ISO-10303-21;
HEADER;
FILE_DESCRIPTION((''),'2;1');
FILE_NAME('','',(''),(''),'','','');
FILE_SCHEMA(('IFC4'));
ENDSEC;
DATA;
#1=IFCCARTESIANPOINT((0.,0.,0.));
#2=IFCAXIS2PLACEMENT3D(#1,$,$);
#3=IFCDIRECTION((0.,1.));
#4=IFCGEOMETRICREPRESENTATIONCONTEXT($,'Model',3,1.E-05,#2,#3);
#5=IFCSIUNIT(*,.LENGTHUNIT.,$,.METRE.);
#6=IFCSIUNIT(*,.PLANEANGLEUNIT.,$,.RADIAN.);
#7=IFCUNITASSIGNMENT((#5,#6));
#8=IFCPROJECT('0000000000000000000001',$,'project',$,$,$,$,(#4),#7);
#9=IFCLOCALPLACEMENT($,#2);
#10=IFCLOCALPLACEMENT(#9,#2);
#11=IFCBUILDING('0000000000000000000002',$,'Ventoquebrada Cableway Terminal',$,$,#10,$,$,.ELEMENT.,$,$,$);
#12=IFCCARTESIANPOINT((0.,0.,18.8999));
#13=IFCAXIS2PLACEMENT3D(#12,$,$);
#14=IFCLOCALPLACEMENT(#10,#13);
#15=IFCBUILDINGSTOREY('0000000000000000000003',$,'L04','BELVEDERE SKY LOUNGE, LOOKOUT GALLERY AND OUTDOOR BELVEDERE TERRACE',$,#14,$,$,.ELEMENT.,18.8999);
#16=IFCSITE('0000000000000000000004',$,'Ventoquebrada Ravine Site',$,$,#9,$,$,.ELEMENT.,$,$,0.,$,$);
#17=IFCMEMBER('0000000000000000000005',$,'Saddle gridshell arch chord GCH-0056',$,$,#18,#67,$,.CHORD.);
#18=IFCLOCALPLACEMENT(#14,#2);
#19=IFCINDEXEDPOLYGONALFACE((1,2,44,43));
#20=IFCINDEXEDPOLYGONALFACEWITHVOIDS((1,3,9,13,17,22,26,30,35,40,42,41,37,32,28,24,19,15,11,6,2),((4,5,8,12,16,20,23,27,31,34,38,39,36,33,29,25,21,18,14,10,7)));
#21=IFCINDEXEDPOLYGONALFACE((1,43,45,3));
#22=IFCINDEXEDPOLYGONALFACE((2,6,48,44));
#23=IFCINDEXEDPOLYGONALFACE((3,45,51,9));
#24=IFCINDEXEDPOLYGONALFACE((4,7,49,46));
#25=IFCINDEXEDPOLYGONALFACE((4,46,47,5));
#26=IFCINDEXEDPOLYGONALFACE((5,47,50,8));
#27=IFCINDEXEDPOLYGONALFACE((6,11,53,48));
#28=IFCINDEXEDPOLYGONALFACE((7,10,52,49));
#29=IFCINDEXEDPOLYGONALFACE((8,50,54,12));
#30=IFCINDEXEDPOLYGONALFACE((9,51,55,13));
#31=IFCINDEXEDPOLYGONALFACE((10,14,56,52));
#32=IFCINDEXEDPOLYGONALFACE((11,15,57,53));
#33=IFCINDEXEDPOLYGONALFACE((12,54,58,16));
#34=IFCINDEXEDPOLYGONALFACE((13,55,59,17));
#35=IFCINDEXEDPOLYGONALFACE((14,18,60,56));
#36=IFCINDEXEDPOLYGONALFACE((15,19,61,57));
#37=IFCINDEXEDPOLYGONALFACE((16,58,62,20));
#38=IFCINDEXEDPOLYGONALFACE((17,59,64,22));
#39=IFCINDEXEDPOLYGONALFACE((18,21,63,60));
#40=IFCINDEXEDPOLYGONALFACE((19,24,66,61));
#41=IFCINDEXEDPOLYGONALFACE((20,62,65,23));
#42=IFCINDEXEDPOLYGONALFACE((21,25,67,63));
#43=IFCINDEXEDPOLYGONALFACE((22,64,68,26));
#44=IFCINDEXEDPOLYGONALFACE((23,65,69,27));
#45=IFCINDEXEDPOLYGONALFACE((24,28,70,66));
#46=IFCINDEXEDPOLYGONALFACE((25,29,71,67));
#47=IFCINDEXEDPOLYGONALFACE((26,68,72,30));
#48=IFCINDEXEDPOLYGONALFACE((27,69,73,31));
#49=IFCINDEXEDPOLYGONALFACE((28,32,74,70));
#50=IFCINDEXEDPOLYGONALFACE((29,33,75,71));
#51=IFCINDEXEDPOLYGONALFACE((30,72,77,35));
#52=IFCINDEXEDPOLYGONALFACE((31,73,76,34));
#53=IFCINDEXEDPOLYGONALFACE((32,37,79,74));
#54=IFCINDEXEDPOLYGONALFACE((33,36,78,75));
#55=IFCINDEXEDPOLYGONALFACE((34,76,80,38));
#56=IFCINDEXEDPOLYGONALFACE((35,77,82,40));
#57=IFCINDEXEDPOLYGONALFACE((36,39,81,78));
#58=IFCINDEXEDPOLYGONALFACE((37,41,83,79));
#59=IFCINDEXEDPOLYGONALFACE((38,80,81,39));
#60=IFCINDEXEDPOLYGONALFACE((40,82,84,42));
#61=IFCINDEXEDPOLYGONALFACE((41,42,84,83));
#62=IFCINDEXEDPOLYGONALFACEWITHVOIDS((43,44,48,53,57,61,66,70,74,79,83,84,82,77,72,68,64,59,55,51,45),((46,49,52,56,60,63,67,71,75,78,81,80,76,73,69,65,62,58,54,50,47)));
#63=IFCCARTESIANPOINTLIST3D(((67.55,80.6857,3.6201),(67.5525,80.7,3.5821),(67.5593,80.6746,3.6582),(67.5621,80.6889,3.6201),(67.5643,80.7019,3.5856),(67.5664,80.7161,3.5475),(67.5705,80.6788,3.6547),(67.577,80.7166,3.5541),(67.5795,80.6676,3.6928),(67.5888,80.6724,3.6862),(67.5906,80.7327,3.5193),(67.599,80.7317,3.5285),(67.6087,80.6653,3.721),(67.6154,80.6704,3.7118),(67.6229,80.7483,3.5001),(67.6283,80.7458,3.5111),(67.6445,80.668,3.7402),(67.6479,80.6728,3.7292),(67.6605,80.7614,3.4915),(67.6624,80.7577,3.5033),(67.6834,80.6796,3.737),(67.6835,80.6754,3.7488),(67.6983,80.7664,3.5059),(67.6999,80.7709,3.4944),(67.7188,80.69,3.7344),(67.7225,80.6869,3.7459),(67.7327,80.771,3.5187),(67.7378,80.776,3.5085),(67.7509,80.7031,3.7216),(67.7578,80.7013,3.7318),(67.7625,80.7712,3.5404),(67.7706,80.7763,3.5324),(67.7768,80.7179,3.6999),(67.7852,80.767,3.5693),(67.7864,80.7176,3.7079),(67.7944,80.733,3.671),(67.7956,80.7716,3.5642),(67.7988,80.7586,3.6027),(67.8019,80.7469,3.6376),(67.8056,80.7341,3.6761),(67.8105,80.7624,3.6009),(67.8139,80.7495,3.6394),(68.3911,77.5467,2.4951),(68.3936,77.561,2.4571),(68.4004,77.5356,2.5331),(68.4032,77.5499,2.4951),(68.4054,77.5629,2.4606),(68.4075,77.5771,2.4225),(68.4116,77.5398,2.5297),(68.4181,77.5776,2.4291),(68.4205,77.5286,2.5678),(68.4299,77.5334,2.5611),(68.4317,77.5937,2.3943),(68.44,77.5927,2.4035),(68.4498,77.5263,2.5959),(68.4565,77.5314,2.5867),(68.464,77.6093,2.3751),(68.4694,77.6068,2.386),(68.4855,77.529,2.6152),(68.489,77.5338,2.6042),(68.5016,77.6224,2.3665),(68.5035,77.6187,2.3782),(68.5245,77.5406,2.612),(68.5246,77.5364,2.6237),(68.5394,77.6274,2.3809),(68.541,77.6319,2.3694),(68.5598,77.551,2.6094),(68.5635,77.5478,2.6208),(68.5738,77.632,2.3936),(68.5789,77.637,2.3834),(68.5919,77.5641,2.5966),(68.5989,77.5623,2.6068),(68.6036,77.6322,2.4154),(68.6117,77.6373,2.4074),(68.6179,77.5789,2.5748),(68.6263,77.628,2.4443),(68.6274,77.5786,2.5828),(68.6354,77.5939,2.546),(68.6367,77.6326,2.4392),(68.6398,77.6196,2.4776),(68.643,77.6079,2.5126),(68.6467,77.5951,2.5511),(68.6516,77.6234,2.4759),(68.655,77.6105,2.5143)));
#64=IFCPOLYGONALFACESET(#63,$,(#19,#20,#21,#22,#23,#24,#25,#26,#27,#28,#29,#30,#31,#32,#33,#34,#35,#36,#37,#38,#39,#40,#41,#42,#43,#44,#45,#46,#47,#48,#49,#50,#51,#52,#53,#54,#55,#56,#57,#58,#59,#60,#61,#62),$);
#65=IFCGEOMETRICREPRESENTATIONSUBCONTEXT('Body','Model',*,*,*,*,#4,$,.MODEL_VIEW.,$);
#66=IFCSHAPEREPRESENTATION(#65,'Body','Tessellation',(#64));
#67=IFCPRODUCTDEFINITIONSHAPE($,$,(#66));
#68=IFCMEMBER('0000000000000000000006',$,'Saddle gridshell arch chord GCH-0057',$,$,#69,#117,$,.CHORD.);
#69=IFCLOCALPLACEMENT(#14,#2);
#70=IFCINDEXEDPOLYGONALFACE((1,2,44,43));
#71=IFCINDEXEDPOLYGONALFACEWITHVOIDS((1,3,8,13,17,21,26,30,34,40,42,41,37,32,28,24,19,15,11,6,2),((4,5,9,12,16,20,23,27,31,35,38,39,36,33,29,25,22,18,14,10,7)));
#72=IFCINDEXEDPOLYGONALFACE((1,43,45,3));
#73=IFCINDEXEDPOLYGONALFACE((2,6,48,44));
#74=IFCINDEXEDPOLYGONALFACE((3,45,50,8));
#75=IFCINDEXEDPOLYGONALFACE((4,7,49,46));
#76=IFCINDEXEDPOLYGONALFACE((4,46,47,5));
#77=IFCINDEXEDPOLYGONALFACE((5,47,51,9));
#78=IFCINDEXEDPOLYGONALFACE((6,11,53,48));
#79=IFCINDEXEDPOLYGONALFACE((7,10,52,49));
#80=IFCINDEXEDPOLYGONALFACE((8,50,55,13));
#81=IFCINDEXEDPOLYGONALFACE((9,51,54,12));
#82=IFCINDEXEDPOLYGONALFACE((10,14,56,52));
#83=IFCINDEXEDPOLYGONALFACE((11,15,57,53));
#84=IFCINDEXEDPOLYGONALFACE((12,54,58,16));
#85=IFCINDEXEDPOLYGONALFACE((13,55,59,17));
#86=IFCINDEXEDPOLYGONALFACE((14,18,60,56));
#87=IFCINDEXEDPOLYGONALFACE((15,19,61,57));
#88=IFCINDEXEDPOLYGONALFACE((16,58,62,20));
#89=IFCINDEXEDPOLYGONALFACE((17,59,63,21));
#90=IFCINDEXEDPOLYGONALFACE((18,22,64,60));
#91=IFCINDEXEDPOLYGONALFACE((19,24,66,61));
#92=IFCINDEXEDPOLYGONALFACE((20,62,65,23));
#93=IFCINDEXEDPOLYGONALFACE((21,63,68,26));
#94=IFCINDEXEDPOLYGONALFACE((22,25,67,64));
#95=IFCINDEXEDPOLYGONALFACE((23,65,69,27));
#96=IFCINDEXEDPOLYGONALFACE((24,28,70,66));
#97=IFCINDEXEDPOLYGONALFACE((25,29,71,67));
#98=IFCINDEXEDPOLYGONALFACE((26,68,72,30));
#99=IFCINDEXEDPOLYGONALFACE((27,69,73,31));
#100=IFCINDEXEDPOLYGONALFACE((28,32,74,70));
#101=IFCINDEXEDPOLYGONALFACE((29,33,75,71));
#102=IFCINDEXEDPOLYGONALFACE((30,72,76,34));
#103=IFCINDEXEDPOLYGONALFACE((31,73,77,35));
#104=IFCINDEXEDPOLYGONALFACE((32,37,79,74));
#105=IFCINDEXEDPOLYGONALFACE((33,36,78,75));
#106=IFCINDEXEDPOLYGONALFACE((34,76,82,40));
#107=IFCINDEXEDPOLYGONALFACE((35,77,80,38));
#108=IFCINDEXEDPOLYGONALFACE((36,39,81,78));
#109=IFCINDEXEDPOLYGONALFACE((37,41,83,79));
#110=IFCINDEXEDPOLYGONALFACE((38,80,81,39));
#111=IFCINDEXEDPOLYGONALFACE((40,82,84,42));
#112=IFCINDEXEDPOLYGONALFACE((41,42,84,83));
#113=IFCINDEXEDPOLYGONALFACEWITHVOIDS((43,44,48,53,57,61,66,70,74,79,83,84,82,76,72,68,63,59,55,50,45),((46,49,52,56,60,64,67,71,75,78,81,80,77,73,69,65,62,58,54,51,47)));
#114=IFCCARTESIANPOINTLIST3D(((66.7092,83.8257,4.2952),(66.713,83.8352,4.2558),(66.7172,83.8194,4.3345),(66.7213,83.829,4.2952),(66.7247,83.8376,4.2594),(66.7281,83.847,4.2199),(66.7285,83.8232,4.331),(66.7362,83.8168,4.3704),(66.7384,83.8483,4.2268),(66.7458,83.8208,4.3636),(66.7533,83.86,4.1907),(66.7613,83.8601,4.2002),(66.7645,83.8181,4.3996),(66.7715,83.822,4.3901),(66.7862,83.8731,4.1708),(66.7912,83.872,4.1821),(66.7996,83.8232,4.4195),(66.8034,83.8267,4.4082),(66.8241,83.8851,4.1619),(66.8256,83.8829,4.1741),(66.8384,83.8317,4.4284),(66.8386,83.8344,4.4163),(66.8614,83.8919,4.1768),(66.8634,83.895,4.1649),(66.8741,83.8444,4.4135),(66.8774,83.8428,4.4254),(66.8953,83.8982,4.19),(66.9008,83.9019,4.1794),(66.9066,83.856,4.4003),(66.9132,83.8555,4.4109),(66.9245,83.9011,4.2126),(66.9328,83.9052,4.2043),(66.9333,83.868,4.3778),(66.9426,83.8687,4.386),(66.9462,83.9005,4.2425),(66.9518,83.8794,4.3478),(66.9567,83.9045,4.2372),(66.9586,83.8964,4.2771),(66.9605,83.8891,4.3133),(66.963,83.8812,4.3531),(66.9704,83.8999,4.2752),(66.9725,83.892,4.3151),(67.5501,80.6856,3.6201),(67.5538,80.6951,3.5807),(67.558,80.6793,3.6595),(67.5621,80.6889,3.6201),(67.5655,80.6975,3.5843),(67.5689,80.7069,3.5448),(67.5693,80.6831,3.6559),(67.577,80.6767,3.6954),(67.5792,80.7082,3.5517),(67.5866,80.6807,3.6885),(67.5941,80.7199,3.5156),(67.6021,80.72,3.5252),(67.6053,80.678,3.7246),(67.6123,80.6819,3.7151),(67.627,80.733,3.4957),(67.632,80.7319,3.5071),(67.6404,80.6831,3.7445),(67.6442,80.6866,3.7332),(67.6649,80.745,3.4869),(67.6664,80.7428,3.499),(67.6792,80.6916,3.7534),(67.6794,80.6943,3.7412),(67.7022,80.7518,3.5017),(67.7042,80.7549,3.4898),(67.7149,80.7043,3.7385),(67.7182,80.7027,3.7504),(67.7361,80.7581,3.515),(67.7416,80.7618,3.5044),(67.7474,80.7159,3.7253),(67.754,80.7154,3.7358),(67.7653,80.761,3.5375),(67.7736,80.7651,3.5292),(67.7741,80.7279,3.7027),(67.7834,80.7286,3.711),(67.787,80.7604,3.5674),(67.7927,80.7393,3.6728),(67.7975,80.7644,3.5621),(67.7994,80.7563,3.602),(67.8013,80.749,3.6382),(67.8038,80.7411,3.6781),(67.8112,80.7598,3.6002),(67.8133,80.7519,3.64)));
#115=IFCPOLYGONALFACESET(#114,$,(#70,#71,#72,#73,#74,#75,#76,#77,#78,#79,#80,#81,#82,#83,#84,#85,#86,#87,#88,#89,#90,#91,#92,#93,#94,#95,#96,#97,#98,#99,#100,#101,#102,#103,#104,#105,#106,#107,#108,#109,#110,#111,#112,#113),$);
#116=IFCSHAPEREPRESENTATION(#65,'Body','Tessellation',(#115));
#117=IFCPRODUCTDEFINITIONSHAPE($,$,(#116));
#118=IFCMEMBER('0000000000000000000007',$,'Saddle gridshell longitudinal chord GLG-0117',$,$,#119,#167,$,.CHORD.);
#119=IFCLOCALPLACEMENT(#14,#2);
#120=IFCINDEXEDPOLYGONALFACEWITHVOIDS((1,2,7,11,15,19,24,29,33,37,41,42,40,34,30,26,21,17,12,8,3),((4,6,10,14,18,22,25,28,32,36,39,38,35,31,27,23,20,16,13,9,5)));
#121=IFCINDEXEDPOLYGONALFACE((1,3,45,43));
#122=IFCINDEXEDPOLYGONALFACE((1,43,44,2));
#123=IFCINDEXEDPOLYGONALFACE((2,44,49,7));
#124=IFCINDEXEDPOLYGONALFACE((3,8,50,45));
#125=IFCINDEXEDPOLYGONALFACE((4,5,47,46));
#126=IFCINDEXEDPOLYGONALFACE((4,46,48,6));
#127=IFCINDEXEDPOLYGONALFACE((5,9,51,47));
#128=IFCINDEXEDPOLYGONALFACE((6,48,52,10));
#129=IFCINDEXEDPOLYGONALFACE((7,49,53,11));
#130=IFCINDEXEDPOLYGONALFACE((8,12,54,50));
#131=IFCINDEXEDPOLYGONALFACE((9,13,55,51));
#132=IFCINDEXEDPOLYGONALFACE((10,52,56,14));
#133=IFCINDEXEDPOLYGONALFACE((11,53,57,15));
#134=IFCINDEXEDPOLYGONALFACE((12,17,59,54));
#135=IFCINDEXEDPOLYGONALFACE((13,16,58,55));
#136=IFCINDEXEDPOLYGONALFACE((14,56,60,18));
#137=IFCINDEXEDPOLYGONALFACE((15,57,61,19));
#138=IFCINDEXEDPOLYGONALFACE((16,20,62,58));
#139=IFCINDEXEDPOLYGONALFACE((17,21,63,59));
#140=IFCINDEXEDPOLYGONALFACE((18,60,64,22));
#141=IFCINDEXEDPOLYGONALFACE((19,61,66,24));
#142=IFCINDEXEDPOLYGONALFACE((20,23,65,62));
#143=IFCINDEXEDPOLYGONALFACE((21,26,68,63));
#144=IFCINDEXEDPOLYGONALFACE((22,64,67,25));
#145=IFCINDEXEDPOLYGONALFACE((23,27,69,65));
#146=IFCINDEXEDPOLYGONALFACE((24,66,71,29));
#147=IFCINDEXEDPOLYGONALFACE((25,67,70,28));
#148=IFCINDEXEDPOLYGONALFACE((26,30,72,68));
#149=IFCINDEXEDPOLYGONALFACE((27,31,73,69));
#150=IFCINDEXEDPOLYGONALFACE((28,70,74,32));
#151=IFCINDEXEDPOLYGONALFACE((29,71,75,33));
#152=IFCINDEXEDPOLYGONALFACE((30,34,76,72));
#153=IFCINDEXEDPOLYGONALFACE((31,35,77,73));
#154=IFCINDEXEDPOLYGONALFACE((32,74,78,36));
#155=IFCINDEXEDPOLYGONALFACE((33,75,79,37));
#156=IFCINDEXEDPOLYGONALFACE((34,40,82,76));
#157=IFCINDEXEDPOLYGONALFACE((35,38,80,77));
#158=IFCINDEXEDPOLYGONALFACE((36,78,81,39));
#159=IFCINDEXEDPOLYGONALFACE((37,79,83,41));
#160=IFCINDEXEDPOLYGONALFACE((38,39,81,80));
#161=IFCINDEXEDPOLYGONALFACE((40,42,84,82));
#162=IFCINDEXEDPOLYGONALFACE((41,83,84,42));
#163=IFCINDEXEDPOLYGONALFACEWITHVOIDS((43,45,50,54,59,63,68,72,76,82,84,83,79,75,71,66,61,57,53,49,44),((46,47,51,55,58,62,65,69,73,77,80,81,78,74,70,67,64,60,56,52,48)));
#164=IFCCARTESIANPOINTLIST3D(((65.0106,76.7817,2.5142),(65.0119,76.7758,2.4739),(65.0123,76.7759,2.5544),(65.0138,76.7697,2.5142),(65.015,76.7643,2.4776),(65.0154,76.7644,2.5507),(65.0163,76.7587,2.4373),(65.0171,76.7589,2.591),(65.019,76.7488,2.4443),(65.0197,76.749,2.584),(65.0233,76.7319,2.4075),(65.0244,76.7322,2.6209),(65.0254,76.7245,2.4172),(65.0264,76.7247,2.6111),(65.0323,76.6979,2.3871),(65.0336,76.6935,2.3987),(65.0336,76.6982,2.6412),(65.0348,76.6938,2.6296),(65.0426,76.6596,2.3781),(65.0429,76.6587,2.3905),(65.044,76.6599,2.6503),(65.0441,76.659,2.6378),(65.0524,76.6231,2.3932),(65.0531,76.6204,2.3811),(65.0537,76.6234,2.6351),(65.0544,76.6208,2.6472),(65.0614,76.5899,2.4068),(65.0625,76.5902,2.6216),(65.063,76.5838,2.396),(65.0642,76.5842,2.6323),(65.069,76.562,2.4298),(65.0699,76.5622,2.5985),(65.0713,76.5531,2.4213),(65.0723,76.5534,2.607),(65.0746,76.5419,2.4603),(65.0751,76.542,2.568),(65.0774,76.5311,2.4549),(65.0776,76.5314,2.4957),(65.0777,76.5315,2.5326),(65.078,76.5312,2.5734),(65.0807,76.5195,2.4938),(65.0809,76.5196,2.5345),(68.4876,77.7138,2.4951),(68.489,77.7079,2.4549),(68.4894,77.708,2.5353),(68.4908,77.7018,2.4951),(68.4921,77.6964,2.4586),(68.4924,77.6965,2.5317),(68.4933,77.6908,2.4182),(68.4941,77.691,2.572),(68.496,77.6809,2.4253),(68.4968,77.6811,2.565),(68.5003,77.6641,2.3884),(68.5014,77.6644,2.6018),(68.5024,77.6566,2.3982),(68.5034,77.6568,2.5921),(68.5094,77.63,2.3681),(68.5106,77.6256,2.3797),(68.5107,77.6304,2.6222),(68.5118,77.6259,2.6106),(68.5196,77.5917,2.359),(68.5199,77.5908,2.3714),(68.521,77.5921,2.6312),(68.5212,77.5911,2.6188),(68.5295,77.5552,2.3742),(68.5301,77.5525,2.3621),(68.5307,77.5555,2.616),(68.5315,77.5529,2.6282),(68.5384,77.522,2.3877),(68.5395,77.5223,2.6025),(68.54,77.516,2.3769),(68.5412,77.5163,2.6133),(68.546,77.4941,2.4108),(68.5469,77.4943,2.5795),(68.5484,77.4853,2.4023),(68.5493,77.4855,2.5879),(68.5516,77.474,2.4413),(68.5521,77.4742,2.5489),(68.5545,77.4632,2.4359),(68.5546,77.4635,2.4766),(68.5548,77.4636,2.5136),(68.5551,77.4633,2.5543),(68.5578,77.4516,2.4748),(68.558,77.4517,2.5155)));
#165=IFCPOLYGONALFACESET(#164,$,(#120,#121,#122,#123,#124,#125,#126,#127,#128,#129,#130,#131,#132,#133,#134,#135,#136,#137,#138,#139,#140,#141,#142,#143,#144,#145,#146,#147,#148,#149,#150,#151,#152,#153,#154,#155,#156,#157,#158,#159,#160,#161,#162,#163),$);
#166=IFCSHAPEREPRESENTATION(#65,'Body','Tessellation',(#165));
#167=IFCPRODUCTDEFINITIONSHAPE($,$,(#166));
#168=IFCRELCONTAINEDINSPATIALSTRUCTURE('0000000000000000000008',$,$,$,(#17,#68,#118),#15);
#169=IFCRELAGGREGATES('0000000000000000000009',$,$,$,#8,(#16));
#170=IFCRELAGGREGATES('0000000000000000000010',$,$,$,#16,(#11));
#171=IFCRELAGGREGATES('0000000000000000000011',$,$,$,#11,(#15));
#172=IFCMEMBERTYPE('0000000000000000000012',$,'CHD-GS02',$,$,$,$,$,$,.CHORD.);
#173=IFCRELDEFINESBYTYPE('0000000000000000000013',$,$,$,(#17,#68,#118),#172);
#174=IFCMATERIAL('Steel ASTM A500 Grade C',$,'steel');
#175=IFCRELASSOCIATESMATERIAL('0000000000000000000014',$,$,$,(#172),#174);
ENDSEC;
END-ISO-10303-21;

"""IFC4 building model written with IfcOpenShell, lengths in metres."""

from ifc_helpers import new_model, si_unit, direction, frame, origin, origin_2d, place, context, subcontext, project, spatial, hollow_circle, extrude, material, material_profile, profile_set, type_object, element, save


model = new_model("IFC4")

# Units and contexts
model_context = context("Model", 3, precision=1e-05, world=origin(), true_north=direction((0.0, 1.0)))
body_context = subcontext(model_context, "Body", "Model", "MODEL_VIEW")
ifc_project = project(units=[si_unit("LENGTHUNIT", "METRE"), si_unit("PLANEANGLEUNIT", "RADIAN")], contexts=[model_context])

# Site, building, storey
site_placement = place(None, origin())
site = spatial("IfcSite", under=ifc_project, at=site_placement, Name="Ventoquebrada Ravine Site", CompositionType="ELEMENT", RefElevation=0.0)
building_placement = place(site_placement, origin())
building = spatial("IfcBuilding", under=site, at=building_placement, Name="Ventoquebrada Cableway Terminal", CompositionType="ELEMENT")
storey_placement = place(building_placement, frame((0.0, 0.0, 18.8999)))
storey = spatial("IfcBuildingStorey", under=building, at=storey_placement, Name="L04", Description="BELVEDERE SKY LOUNGE, LOOKOUT GALLERY AND OUTDOOR BELVEDERE TERRACE", CompositionType="ELEMENT", Elevation=18.8999)

# Members
ifc_material_1 = material(Name="Steel ASTM A500 Grade C", Category="steel")
ifc_material_profile_1 = material_profile(ifc_material_1, hollow_circle(Radius=0.1365, WallThickness=0.0125, at=origin_2d()), Name="CHS273.0X12.5")
ifc_profile_set_1 = profile_set([ifc_material_profile_1], Name="Steel ASTM A500 Grade C")
member_type_1 = type_object("IfcMemberType", Name="CHD-GS02", PredefinedType="CHORD", material=ifc_profile_set_1)
member_1_placement = place(storey_placement, frame((68.5229, 77.582, 2.4951), z_axis=(-0.244576, 0.912776, 0.327143), x_axis=(-0.965926, -0.258817, 0.0)))
element("IfcMember", 1, at=member_1_placement, inside=storey, type_object=member_type_1, Name="Saddle gridshell arch chord GCH-0056", PredefinedType="CHORD", context=body_context, shape_type="SweptSolid", body=[
    extrude(hollow_circle(Radius=0.1365, WallThickness=0.0125, at=origin_2d()), origin(), (0.0, 0.0, 1.0), 3.439),
])
member_2_placement = place(storey_placement, frame((67.6819, 80.7209, 3.6201), z_axis=(-0.253251, 0.945793, 0.203321), x_axis=(-0.96597, -0.258653, 0.0)))
element("IfcMember", 2, at=member_2_placement, inside=storey, type_object=member_type_1, Name="Saddle gridshell arch chord GCH-0057", PredefinedType="CHORD", context=body_context, shape_type="SweptSolid", body=[
    extrude(hollow_circle(Radius=0.1365, WallThickness=0.0125, at=origin_2d()), origin(), (0.0, 0.0, 1.0), 3.3201),
])
member_3_placement = place(storey_placement, frame((65.0459, 76.6499, 2.5142), z_axis=(0.965881, 0.258934, -0.00529), x_axis=(-0.258937, 0.965894, 0.0)))
element("IfcMember", 3, at=member_3_placement, inside=storey, type_object=member_type_1, Name="Saddle gridshell longitudinal chord GLG-0117", PredefinedType="CHORD", context=body_context, shape_type="SweptSolid", body=[
    extrude(hollow_circle(Radius=0.1365, WallThickness=0.0125, at=origin_2d()), origin(), (0.0, 0.0, 1.0), 3.5999),
])

save(model, "model.ifc")
